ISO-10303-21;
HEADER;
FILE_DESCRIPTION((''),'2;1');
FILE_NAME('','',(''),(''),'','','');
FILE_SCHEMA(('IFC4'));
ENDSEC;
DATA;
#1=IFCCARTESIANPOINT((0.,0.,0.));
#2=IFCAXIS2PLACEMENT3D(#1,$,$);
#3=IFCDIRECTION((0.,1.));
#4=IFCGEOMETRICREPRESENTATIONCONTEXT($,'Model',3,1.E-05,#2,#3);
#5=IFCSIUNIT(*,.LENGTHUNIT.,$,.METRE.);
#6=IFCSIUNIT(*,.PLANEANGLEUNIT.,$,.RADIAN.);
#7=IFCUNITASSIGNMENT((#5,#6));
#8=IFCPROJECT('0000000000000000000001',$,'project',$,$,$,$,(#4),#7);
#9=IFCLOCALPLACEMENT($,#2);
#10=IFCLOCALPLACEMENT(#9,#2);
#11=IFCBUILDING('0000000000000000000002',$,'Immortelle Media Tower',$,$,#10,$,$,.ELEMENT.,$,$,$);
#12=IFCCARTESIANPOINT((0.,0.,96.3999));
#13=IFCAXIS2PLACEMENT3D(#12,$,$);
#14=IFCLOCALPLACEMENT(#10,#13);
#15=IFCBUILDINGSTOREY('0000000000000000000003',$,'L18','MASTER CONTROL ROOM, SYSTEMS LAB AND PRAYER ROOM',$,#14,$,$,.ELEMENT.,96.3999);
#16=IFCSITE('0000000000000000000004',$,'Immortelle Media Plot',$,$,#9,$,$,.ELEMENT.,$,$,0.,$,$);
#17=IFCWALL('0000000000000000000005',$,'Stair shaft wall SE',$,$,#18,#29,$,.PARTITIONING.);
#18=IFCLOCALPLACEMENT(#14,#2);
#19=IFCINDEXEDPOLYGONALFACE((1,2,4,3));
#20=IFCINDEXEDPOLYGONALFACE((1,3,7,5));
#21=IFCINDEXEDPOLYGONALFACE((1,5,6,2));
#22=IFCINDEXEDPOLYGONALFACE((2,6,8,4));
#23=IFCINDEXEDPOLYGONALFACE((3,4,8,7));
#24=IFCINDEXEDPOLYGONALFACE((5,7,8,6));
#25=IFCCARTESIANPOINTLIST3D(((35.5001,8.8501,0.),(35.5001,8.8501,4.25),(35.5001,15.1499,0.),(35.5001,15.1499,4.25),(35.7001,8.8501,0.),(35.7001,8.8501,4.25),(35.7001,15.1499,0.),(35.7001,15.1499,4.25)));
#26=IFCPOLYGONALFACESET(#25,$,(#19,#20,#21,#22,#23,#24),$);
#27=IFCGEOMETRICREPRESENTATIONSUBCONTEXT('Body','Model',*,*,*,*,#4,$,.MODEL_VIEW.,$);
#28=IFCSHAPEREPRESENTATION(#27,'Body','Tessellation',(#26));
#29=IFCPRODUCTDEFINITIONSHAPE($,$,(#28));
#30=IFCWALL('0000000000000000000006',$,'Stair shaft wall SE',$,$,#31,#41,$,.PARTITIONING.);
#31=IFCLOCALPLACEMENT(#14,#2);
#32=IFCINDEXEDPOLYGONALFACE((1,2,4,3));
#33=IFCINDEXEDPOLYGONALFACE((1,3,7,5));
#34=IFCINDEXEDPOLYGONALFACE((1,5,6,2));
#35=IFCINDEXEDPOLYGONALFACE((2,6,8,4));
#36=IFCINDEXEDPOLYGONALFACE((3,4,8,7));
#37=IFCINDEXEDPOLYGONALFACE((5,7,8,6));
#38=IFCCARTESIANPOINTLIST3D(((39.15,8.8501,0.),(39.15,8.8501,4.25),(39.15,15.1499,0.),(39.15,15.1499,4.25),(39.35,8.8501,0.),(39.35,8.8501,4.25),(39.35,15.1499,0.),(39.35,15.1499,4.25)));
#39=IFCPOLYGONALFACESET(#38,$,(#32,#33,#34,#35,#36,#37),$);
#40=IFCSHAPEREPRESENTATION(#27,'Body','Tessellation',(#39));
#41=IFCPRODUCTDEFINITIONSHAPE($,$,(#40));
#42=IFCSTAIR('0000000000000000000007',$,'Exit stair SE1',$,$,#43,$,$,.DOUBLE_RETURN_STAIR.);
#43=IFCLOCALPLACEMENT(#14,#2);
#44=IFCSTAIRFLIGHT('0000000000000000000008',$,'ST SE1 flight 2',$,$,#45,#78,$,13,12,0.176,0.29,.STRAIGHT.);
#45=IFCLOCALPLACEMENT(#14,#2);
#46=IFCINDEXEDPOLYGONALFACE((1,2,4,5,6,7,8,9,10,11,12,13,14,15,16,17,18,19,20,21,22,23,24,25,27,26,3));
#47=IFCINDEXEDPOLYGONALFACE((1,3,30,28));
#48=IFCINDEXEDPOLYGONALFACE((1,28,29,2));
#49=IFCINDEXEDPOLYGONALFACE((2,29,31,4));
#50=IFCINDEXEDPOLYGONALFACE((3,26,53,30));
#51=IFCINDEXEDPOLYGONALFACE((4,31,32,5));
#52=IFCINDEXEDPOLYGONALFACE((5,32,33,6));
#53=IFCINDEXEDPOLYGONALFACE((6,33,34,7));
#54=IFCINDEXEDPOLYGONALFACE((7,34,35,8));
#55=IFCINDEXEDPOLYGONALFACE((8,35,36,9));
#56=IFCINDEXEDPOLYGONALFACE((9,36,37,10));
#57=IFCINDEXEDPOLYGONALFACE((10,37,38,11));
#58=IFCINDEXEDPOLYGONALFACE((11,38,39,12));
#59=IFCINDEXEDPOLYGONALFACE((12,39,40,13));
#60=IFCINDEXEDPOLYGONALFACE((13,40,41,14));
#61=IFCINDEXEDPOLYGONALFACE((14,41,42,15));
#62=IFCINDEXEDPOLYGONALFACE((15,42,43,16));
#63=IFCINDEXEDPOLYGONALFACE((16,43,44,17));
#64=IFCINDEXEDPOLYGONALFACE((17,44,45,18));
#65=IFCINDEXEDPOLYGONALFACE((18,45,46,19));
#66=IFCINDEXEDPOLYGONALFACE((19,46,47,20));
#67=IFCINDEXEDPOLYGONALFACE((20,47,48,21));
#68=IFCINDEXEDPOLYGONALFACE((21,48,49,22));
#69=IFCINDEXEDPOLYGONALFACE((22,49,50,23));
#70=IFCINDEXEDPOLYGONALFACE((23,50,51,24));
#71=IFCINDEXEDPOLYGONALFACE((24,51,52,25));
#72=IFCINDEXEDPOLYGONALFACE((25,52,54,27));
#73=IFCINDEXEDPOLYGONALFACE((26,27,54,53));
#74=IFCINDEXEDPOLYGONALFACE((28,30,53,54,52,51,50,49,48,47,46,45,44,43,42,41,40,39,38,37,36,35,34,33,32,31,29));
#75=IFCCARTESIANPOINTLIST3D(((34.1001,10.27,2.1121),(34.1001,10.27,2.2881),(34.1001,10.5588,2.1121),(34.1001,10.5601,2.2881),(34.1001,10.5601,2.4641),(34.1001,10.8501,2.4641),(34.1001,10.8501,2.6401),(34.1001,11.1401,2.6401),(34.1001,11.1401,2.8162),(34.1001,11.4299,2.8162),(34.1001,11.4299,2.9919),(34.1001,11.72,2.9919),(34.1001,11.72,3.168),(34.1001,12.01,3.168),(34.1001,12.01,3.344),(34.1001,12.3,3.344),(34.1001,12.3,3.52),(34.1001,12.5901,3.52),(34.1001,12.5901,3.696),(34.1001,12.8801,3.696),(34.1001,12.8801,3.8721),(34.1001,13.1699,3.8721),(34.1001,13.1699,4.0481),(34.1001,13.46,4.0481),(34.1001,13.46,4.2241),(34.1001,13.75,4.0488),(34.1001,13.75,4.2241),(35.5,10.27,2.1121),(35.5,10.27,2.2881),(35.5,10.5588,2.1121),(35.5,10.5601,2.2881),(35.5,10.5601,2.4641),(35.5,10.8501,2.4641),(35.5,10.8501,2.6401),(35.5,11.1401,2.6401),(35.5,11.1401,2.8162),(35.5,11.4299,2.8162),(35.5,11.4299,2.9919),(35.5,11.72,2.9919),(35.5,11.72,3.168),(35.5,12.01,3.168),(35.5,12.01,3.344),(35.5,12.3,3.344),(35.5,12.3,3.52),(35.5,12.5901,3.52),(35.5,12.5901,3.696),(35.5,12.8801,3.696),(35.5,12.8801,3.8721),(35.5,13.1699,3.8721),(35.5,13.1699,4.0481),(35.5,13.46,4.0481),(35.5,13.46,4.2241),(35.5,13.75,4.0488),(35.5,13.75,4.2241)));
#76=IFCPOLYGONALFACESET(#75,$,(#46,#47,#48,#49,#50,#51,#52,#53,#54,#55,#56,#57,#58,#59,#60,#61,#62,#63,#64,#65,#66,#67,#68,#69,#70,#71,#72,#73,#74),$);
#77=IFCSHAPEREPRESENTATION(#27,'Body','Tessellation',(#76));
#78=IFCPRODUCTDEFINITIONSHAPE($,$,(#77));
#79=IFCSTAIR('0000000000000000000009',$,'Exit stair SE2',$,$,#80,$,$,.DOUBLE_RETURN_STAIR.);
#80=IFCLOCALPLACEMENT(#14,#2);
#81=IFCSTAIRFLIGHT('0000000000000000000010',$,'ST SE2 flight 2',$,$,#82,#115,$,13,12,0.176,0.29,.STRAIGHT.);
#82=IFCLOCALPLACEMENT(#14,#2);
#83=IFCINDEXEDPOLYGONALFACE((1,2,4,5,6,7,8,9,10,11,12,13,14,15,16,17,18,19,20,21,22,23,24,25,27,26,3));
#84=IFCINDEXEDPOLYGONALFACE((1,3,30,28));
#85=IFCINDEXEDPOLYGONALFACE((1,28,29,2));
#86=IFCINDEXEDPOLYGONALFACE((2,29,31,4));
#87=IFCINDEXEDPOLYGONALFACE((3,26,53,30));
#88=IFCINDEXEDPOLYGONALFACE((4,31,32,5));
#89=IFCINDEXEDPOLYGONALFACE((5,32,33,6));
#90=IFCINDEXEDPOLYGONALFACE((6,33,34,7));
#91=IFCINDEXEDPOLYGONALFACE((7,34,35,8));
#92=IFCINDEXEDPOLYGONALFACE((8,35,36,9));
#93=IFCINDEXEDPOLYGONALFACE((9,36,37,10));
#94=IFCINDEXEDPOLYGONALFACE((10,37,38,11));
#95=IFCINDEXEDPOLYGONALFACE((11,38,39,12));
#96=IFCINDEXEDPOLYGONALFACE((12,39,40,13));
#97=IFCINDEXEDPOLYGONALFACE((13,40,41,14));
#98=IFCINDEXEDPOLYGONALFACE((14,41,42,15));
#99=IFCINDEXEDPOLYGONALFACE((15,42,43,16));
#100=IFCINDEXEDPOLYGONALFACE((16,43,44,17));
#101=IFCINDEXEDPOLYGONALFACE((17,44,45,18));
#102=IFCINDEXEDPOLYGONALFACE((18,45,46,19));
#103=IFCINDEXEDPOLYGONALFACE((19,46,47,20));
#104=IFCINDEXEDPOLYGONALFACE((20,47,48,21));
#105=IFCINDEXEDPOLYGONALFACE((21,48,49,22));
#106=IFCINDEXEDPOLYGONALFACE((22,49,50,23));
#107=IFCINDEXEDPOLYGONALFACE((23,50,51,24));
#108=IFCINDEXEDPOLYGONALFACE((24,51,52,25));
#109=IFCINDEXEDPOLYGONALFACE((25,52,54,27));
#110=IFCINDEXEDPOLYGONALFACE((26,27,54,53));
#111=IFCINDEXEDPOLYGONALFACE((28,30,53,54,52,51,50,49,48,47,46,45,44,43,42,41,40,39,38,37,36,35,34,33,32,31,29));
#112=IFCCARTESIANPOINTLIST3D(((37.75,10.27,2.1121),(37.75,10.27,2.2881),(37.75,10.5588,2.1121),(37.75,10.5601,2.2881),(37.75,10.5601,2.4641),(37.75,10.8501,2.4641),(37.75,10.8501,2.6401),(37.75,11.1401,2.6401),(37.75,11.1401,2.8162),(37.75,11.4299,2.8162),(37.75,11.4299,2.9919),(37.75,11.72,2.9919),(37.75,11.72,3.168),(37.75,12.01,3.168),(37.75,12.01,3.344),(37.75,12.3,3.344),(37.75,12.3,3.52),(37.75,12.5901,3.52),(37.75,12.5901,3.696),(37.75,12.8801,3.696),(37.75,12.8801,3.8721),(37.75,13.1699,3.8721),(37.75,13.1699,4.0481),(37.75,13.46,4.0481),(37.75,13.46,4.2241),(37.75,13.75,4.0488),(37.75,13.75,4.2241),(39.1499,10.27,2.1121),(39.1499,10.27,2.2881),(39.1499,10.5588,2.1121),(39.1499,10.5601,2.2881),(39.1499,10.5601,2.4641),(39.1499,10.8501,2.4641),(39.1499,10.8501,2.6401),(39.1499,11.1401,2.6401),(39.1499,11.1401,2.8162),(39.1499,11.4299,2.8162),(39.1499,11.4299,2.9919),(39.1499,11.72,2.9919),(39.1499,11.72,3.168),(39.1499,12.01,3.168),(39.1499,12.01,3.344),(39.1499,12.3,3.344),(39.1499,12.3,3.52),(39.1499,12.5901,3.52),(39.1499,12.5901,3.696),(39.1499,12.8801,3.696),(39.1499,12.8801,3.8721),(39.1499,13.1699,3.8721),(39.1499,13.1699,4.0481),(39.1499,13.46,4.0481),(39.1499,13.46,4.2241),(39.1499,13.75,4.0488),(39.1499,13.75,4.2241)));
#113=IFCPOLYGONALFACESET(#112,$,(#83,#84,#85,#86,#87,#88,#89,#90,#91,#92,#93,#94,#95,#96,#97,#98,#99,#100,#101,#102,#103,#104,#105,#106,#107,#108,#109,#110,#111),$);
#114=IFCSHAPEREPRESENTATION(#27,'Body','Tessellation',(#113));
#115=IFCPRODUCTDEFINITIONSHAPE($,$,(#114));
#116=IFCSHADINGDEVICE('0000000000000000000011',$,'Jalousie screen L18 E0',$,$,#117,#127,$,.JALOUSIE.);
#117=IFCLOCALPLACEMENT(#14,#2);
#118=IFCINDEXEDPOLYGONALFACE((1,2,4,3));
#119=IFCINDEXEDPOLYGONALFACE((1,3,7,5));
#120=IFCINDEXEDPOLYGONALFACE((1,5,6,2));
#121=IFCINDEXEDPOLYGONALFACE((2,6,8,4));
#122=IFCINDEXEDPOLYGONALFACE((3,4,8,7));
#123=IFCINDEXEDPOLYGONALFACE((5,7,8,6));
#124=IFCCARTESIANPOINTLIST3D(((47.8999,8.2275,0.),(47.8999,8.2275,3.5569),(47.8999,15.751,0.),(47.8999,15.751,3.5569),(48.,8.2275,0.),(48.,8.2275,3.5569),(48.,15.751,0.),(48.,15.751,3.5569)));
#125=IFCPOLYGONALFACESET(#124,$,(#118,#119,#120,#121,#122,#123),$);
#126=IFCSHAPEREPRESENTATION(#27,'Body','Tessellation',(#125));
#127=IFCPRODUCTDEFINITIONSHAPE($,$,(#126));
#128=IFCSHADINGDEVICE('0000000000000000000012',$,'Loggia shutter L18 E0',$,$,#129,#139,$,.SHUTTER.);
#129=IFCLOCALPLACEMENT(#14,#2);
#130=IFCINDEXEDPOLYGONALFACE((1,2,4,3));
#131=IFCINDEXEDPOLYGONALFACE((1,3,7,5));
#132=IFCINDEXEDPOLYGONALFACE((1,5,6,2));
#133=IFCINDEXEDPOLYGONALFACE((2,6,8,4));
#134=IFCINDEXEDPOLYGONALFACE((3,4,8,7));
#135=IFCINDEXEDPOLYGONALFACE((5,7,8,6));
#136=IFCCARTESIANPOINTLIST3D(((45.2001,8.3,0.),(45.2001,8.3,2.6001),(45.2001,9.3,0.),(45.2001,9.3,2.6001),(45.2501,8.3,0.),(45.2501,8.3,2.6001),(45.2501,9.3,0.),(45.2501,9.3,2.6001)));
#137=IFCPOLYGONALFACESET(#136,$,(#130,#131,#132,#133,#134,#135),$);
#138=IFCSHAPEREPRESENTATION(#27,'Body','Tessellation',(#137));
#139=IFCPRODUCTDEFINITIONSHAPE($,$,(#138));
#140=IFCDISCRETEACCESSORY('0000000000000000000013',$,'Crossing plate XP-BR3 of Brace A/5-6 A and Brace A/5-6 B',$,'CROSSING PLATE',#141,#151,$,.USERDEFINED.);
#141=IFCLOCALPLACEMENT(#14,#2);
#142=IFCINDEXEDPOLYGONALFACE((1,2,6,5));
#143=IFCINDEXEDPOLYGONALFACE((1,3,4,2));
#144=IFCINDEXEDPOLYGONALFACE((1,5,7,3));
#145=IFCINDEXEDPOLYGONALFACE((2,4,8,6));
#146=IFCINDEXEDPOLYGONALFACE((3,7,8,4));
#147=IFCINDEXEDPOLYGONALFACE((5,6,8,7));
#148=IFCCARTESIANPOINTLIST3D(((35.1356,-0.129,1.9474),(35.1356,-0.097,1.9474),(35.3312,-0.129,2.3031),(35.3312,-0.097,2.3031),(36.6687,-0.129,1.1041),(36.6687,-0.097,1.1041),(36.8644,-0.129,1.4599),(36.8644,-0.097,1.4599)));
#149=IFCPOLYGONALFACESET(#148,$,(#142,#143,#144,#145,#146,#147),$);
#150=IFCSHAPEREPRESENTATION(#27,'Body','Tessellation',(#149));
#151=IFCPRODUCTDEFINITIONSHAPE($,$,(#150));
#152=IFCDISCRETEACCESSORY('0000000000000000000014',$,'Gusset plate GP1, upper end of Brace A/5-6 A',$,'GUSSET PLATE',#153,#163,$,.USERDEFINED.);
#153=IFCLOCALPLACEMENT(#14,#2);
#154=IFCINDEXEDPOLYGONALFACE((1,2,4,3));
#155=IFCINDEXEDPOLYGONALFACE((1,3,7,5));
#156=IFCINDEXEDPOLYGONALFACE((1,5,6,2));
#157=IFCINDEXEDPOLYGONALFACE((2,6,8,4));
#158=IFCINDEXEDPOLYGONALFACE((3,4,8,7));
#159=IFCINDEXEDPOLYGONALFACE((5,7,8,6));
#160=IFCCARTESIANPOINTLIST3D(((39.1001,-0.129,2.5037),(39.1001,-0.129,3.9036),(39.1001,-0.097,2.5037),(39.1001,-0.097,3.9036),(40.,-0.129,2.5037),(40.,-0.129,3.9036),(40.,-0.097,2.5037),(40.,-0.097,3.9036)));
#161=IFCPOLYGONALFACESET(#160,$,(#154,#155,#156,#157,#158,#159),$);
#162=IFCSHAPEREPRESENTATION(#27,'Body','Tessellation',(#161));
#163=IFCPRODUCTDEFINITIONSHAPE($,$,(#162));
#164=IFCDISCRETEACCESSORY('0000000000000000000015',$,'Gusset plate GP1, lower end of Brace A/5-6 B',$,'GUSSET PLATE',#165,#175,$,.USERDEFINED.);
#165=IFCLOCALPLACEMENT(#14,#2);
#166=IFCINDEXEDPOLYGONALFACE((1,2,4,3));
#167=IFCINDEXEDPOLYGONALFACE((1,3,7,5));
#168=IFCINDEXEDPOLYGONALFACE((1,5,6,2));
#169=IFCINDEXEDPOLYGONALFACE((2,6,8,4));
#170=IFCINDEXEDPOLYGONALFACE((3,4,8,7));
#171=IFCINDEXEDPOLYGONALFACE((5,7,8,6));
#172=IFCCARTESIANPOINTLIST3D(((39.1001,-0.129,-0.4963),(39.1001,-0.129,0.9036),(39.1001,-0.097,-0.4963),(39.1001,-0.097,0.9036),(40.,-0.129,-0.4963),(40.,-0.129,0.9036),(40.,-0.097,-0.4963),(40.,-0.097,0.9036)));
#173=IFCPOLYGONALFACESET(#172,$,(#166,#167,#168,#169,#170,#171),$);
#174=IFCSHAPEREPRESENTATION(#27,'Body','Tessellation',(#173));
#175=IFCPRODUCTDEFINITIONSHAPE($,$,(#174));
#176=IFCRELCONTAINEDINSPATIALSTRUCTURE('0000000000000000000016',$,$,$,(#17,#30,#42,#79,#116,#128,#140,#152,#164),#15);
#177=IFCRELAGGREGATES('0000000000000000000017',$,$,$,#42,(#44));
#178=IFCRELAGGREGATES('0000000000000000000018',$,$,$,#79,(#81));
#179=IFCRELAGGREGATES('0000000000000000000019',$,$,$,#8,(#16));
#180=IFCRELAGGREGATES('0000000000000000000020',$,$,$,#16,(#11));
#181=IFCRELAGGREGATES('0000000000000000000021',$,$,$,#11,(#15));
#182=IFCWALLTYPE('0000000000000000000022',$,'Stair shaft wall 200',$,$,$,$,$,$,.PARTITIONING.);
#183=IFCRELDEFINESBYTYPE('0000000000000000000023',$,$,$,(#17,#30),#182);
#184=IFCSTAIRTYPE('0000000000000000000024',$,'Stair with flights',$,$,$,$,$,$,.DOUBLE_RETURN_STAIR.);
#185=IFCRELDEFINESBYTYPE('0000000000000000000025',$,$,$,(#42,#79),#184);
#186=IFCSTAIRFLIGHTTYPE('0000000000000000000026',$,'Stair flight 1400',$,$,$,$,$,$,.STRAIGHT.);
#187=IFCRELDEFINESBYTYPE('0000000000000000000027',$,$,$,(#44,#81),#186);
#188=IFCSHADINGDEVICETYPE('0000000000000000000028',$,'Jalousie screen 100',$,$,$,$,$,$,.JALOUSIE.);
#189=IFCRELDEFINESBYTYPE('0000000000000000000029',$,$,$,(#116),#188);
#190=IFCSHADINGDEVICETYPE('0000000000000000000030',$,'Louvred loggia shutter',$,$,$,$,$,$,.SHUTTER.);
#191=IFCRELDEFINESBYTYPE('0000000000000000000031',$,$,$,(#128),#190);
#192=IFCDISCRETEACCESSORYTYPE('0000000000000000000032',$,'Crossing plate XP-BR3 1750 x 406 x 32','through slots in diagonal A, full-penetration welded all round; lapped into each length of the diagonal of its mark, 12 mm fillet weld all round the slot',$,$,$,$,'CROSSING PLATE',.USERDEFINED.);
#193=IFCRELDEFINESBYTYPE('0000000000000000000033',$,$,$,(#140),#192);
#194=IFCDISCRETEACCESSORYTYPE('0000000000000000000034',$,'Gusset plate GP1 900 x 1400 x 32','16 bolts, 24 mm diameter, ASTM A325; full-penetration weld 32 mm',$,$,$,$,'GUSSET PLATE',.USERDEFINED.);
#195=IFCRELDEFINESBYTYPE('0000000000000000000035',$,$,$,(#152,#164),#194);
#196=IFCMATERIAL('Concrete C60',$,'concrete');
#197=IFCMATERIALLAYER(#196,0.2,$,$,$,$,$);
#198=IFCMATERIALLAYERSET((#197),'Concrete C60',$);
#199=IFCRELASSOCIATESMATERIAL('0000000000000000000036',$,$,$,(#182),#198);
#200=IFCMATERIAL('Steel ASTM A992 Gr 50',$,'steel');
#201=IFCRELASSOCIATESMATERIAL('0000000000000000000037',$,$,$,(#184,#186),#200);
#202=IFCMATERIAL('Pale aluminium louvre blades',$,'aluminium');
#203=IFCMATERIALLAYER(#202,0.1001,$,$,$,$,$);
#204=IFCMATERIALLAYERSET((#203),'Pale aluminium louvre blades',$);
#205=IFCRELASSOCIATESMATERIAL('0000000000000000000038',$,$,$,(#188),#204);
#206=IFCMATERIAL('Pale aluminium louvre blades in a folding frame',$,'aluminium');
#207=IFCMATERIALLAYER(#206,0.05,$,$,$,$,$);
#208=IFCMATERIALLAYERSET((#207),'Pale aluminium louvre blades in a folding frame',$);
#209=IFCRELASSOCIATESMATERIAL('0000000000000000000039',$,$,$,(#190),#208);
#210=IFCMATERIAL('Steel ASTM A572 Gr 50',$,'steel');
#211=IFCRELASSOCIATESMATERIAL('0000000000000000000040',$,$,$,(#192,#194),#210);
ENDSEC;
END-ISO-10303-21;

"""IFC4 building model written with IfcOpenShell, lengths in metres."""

from ifc_helpers import new_model, si_unit, direction, frame, frame_2d, origin, origin_2d, place, context, subcontext, project, spatial, polyline, rectangle, outline, extrude, material, layer, layer_set, material_profile, profile_set, type_object, element, aggregate, save


model = new_model("IFC4")

# Units and contexts
model_context = context("Model", 3, precision=1e-05, world=origin(), true_north=direction((0.0, 1.0)))
body_context = subcontext(model_context, "Body", "Model", "MODEL_VIEW")
ifc_project = project(units=[si_unit("LENGTHUNIT", "METRE"), si_unit("PLANEANGLEUNIT", "RADIAN")], contexts=[model_context])

# Site, building, storey
site_placement = place(None, origin())
site = spatial("IfcSite", under=ifc_project, at=site_placement, Name="Immortelle Media Plot", CompositionType="ELEMENT", RefElevation=0.0)
building_placement = place(site_placement, origin())
building = spatial("IfcBuilding", under=site, at=building_placement, Name="Immortelle Media Tower", CompositionType="ELEMENT")
storey_placement = place(building_placement, frame((0.0, 0.0, 96.3999)))
storey = spatial("IfcBuildingStorey", under=building, at=storey_placement, Name="L18", Description="MASTER CONTROL ROOM, SYSTEMS LAB AND PRAYER ROOM", CompositionType="ELEMENT", Elevation=96.3999)

# Shared definitions
ifc_material_1 = material(Name="Steel ASTM A992 Gr 50", Category="steel")

# Walls
ifc_material_2 = material(Name="Concrete C60", Category="concrete")
ifc_layer_1 = layer(ifc_material_2, 0.2)
ifc_layer_set_1 = layer_set([ifc_layer_1], Name="Concrete C60")
wall_type_1 = type_object("IfcWallType", Name="Stair shaft wall 200", PredefinedType="PARTITIONING", material=ifc_layer_set_1)
for number, where, z_axis, x_axis, name in (
    (1, (35.6001, 8.8501, 0.0), (0.0, 0.0, 1.0), (0.0, 1.0, 0.0), "Stair shaft wall SE"),
    (2, (39.25, 8.8501, 0.0), (0.0, 0.0, 1.0), (0.0, 1.0, 0.0), "Stair shaft wall SE"),
):
    element("IfcWall", number, at=place(storey_placement, frame(where, z_axis=z_axis, x_axis=x_axis)), inside=storey, type_object=wall_type_1, Name=name, PredefinedType="PARTITIONING", context=body_context, shape_type="SweptSolid", body=[
        extrude(rectangle(XDim=6.2998, YDim=0.2, at=frame_2d((3.1499, 0.0))), origin(), (0.0, 0.0, 1.0), 4.25),
    ])

# Stairs, stair flights
stair_type = type_object("IfcStairType", Name="Stair with flights", PredefinedType="DOUBLE_RETURN_STAIR", material=ifc_material_1)
stair_1_placement = place(storey_placement, origin())
stair_1 = element("IfcStair", 3, at=stair_1_placement, inside=storey, type_object=stair_type, Name="Exit stair SE1", PredefinedType="DOUBLE_RETURN_STAIR")
stair_flight_type = type_object("IfcStairFlightType", Name="Stair flight 1400", PredefinedType="STRAIGHT", material=ifc_material_1)
stair_flight_1_placement = place(storey_placement, frame((34.8, 10.27, 2.1121), z_axis=(0.0, 0.0, 1.0), x_axis=(0.0, 1.0, 0.0)))
stair_flight_1 = element("IfcStairFlight", 4, at=stair_flight_1_placement, type_object=stair_flight_type, Name="ST SE1 flight 2", NumberOfRisers=13, NumberOfTreads=12, PredefinedType="STRAIGHT", RiserHeight=0.176, TreadLength=0.29, context=body_context, shape_type="SweptSolid", body=[
    extrude(outline(polyline([(0.0, 0.0), (0.0, 0.176), (0.29, 0.176), (0.29, 0.3521), (0.5801, 0.3521), (0.5801, 0.5281), (0.8701, 0.5281), (0.8701, 0.7041), (1.1599, 0.7041), (1.1599, 0.8799), (1.45, 0.8799), (1.45, 1.0559), (1.74, 1.0559), (1.74, 1.2319), (2.03, 1.2319), (2.03, 1.408), (2.3201, 1.408), (2.3201, 1.584), (2.6101, 1.584), (2.6101, 1.76), (2.8999, 1.76), (2.8999, 1.936), (3.1899, 1.936), (3.1899, 2.1121), (3.48, 2.1121), (3.48, 2.2881), (3.48, 1.9368), (0.2888, 0.0), (0.0, 0.0)])), frame((0.0, 0.7, 0.0), z_axis=(0.0, -1.0, 0.0), x_axis=(1.0, 0.0, 0.0)), (0.0, 0.0, 1.0), 1.3999),
])
aggregate(stair_1, [stair_flight_1])
stair_2_placement = place(storey_placement, origin())
stair_2 = element("IfcStair", 5, at=stair_2_placement, inside=storey, type_object=stair_type, Name="Exit stair SE2", PredefinedType="DOUBLE_RETURN_STAIR")
stair_flight_2_placement = place(storey_placement, frame((38.45, 10.27, 2.1121), z_axis=(0.0, 0.0, 1.0), x_axis=(0.0, 1.0, 0.0)))
stair_flight_2 = element("IfcStairFlight", 6, at=stair_flight_2_placement, type_object=stair_flight_type, Name="ST SE2 flight 2", NumberOfRisers=13, NumberOfTreads=12, PredefinedType="STRAIGHT", RiserHeight=0.176, TreadLength=0.29, context=body_context, shape_type="SweptSolid", body=[
    extrude(outline(polyline([(0.0, 0.0), (0.0, 0.176), (0.29, 0.176), (0.29, 0.3521), (0.5801, 0.3521), (0.5801, 0.5281), (0.8701, 0.5281), (0.8701, 0.7041), (1.1599, 0.7041), (1.1599, 0.8799), (1.45, 0.8799), (1.45, 1.0559), (1.74, 1.0559), (1.74, 1.2319), (2.03, 1.2319), (2.03, 1.408), (2.3201, 1.408), (2.3201, 1.584), (2.6101, 1.584), (2.6101, 1.76), (2.8999, 1.76), (2.8999, 1.936), (3.1899, 1.936), (3.1899, 2.1121), (3.48, 2.1121), (3.48, 2.2881), (3.48, 1.9368), (0.2888, 0.0), (0.0, 0.0)])), frame((0.0, 0.7, 0.0), z_axis=(0.0, -1.0, 0.0), x_axis=(1.0, 0.0, 0.0)), (0.0, 0.0, 1.0), 1.3999),
])
aggregate(stair_2, [stair_flight_2])

# Shading devices
ifc_material_3 = material(Name="Pale aluminium louvre blades", Category="aluminium")
ifc_layer_2 = layer(ifc_material_3, 0.1001)
ifc_layer_set_2 = layer_set([ifc_layer_2], Name="Pale aluminium louvre blades")
shading_device_type_1 = type_object("IfcShadingDeviceType", Name="Jalousie screen 100", PredefinedType="JALOUSIE", material=ifc_layer_set_2)
shading_device_1_placement = place(storey_placement, frame((47.95, 11.9893, 0.0), z_axis=(0.0, 0.0, 1.0), x_axis=(0.0, 1.0, 0.0)))
element("IfcShadingDevice", 7, at=shading_device_1_placement, inside=storey, type_object=shading_device_type_1, Name="Jalousie screen L18 E0", PredefinedType="JALOUSIE", context=body_context, shape_type="SweptSolid", body=[
    extrude(rectangle(XDim=7.5234, YDim=0.1001, at=origin_2d()), origin(), (0.0, 0.0, 1.0), 3.5569),
])
ifc_material_4 = material(Name="Pale aluminium louvre blades in a folding frame", Category="aluminium")
ifc_layer_3 = layer(ifc_material_4, 0.05)
ifc_layer_set_3 = layer_set([ifc_layer_3], Name="Pale aluminium louvre blades in a folding frame")
shading_device_type_2 = type_object("IfcShadingDeviceType", Name="Louvred loggia shutter", PredefinedType="SHUTTER", material=ifc_layer_set_3)
shading_device_2_placement = place(storey_placement, frame((45.2251, 8.8, 0.0), z_axis=(0.0, 0.0, 1.0), x_axis=(0.0, 1.0, 0.0)))
element("IfcShadingDevice", 8, at=shading_device_2_placement, inside=storey, type_object=shading_device_type_2, Name="Loggia shutter L18 E0", PredefinedType="SHUTTER", context=body_context, shape_type="SweptSolid", body=[
    extrude(rectangle(XDim=1.0, YDim=0.05, at=origin_2d()), origin(), (0.0, 0.0, 1.0), 2.6001),
])

# Discrete accessories
ifc_material_5 = material(Name="Steel ASTM A572 Gr 50", Category="steel")
ifc_material_profile_1 = material_profile(ifc_material_5, rectangle(XDim=0.032, YDim=0.406, at=origin_2d()), Name="PL 32 x 406")
ifc_profile_set_1 = profile_set([ifc_material_profile_1], Name="Steel ASTM A572 Gr 50")
discrete_accessory_type_1 = type_object("IfcDiscreteAccessoryType", Name="Crossing plate XP-BR3 1750 x 406 x 32", Description="through slots in diagonal A, full-penetration welded all round; lapped into each length of the diagonal of its mark, 12 mm fillet weld all round the slot", ElementType="CROSSING PLATE", PredefinedType="USERDEFINED", material=ifc_profile_set_1)
discrete_accessory_placement = place(storey_placement, frame((35.2334, -0.113, 2.1252), z_axis=(0.876216, 0.0, -0.481919), x_axis=(0.0, 1.0, 0.0)))
element("IfcDiscreteAccessory", 9, at=discrete_accessory_placement, inside=storey, type_object=discrete_accessory_type_1, Name="Crossing plate XP-BR3 of Brace A/5-6 A and Brace A/5-6 B", ObjectType="CROSSING PLATE", PredefinedType="USERDEFINED", context=body_context, shape_type="SweptSolid", body=[
    extrude(rectangle(XDim=0.032, YDim=0.406, at=origin_2d()), origin(), (0.0, 0.0, 1.0), 1.7498),
])
ifc_material_profile_2 = material_profile(ifc_material_5, rectangle(XDim=0.032, YDim=1.3999, at=origin_2d()), Name="PL 32 x 1400")
ifc_profile_set_2 = profile_set([ifc_material_profile_2], Name="Steel ASTM A572 Gr 50")
discrete_accessory_type_2 = type_object("IfcDiscreteAccessoryType", Name="Gusset plate GP1 900 x 1400 x 32", Description="16 bolts, 24 mm diameter, ASTM A325; full-penetration weld 32 mm", ElementType="GUSSET PLATE", PredefinedType="USERDEFINED", material=ifc_profile_set_2)
for number, where, z_axis, x_axis, name in (
    (10, (40.0, -0.113, 3.2036), (-1.0, 0.0, 0.0), (0.0, -1.0, 0.0), "Gusset plate GP1, upper end of Brace A/5-6 A"),
    (11, (40.0, -0.113, 0.2036), (-1.0, 0.0, 0.0), (0.0, -1.0, 0.0), "Gusset plate GP1, lower end of Brace A/5-6 B"),
):
    element("IfcDiscreteAccessory", number, at=place(storey_placement, frame(where, z_axis=z_axis, x_axis=x_axis)), inside=storey, type_object=discrete_accessory_type_2, Name=name, ObjectType="GUSSET PLATE", PredefinedType="USERDEFINED", context=body_context, shape_type="SweptSolid", body=[
        extrude(rectangle(XDim=0.032, YDim=1.3999, at=origin_2d()), origin(), (0.0, 0.0, 1.0), 0.8999),
    ])

save(model, "model.ifc")
